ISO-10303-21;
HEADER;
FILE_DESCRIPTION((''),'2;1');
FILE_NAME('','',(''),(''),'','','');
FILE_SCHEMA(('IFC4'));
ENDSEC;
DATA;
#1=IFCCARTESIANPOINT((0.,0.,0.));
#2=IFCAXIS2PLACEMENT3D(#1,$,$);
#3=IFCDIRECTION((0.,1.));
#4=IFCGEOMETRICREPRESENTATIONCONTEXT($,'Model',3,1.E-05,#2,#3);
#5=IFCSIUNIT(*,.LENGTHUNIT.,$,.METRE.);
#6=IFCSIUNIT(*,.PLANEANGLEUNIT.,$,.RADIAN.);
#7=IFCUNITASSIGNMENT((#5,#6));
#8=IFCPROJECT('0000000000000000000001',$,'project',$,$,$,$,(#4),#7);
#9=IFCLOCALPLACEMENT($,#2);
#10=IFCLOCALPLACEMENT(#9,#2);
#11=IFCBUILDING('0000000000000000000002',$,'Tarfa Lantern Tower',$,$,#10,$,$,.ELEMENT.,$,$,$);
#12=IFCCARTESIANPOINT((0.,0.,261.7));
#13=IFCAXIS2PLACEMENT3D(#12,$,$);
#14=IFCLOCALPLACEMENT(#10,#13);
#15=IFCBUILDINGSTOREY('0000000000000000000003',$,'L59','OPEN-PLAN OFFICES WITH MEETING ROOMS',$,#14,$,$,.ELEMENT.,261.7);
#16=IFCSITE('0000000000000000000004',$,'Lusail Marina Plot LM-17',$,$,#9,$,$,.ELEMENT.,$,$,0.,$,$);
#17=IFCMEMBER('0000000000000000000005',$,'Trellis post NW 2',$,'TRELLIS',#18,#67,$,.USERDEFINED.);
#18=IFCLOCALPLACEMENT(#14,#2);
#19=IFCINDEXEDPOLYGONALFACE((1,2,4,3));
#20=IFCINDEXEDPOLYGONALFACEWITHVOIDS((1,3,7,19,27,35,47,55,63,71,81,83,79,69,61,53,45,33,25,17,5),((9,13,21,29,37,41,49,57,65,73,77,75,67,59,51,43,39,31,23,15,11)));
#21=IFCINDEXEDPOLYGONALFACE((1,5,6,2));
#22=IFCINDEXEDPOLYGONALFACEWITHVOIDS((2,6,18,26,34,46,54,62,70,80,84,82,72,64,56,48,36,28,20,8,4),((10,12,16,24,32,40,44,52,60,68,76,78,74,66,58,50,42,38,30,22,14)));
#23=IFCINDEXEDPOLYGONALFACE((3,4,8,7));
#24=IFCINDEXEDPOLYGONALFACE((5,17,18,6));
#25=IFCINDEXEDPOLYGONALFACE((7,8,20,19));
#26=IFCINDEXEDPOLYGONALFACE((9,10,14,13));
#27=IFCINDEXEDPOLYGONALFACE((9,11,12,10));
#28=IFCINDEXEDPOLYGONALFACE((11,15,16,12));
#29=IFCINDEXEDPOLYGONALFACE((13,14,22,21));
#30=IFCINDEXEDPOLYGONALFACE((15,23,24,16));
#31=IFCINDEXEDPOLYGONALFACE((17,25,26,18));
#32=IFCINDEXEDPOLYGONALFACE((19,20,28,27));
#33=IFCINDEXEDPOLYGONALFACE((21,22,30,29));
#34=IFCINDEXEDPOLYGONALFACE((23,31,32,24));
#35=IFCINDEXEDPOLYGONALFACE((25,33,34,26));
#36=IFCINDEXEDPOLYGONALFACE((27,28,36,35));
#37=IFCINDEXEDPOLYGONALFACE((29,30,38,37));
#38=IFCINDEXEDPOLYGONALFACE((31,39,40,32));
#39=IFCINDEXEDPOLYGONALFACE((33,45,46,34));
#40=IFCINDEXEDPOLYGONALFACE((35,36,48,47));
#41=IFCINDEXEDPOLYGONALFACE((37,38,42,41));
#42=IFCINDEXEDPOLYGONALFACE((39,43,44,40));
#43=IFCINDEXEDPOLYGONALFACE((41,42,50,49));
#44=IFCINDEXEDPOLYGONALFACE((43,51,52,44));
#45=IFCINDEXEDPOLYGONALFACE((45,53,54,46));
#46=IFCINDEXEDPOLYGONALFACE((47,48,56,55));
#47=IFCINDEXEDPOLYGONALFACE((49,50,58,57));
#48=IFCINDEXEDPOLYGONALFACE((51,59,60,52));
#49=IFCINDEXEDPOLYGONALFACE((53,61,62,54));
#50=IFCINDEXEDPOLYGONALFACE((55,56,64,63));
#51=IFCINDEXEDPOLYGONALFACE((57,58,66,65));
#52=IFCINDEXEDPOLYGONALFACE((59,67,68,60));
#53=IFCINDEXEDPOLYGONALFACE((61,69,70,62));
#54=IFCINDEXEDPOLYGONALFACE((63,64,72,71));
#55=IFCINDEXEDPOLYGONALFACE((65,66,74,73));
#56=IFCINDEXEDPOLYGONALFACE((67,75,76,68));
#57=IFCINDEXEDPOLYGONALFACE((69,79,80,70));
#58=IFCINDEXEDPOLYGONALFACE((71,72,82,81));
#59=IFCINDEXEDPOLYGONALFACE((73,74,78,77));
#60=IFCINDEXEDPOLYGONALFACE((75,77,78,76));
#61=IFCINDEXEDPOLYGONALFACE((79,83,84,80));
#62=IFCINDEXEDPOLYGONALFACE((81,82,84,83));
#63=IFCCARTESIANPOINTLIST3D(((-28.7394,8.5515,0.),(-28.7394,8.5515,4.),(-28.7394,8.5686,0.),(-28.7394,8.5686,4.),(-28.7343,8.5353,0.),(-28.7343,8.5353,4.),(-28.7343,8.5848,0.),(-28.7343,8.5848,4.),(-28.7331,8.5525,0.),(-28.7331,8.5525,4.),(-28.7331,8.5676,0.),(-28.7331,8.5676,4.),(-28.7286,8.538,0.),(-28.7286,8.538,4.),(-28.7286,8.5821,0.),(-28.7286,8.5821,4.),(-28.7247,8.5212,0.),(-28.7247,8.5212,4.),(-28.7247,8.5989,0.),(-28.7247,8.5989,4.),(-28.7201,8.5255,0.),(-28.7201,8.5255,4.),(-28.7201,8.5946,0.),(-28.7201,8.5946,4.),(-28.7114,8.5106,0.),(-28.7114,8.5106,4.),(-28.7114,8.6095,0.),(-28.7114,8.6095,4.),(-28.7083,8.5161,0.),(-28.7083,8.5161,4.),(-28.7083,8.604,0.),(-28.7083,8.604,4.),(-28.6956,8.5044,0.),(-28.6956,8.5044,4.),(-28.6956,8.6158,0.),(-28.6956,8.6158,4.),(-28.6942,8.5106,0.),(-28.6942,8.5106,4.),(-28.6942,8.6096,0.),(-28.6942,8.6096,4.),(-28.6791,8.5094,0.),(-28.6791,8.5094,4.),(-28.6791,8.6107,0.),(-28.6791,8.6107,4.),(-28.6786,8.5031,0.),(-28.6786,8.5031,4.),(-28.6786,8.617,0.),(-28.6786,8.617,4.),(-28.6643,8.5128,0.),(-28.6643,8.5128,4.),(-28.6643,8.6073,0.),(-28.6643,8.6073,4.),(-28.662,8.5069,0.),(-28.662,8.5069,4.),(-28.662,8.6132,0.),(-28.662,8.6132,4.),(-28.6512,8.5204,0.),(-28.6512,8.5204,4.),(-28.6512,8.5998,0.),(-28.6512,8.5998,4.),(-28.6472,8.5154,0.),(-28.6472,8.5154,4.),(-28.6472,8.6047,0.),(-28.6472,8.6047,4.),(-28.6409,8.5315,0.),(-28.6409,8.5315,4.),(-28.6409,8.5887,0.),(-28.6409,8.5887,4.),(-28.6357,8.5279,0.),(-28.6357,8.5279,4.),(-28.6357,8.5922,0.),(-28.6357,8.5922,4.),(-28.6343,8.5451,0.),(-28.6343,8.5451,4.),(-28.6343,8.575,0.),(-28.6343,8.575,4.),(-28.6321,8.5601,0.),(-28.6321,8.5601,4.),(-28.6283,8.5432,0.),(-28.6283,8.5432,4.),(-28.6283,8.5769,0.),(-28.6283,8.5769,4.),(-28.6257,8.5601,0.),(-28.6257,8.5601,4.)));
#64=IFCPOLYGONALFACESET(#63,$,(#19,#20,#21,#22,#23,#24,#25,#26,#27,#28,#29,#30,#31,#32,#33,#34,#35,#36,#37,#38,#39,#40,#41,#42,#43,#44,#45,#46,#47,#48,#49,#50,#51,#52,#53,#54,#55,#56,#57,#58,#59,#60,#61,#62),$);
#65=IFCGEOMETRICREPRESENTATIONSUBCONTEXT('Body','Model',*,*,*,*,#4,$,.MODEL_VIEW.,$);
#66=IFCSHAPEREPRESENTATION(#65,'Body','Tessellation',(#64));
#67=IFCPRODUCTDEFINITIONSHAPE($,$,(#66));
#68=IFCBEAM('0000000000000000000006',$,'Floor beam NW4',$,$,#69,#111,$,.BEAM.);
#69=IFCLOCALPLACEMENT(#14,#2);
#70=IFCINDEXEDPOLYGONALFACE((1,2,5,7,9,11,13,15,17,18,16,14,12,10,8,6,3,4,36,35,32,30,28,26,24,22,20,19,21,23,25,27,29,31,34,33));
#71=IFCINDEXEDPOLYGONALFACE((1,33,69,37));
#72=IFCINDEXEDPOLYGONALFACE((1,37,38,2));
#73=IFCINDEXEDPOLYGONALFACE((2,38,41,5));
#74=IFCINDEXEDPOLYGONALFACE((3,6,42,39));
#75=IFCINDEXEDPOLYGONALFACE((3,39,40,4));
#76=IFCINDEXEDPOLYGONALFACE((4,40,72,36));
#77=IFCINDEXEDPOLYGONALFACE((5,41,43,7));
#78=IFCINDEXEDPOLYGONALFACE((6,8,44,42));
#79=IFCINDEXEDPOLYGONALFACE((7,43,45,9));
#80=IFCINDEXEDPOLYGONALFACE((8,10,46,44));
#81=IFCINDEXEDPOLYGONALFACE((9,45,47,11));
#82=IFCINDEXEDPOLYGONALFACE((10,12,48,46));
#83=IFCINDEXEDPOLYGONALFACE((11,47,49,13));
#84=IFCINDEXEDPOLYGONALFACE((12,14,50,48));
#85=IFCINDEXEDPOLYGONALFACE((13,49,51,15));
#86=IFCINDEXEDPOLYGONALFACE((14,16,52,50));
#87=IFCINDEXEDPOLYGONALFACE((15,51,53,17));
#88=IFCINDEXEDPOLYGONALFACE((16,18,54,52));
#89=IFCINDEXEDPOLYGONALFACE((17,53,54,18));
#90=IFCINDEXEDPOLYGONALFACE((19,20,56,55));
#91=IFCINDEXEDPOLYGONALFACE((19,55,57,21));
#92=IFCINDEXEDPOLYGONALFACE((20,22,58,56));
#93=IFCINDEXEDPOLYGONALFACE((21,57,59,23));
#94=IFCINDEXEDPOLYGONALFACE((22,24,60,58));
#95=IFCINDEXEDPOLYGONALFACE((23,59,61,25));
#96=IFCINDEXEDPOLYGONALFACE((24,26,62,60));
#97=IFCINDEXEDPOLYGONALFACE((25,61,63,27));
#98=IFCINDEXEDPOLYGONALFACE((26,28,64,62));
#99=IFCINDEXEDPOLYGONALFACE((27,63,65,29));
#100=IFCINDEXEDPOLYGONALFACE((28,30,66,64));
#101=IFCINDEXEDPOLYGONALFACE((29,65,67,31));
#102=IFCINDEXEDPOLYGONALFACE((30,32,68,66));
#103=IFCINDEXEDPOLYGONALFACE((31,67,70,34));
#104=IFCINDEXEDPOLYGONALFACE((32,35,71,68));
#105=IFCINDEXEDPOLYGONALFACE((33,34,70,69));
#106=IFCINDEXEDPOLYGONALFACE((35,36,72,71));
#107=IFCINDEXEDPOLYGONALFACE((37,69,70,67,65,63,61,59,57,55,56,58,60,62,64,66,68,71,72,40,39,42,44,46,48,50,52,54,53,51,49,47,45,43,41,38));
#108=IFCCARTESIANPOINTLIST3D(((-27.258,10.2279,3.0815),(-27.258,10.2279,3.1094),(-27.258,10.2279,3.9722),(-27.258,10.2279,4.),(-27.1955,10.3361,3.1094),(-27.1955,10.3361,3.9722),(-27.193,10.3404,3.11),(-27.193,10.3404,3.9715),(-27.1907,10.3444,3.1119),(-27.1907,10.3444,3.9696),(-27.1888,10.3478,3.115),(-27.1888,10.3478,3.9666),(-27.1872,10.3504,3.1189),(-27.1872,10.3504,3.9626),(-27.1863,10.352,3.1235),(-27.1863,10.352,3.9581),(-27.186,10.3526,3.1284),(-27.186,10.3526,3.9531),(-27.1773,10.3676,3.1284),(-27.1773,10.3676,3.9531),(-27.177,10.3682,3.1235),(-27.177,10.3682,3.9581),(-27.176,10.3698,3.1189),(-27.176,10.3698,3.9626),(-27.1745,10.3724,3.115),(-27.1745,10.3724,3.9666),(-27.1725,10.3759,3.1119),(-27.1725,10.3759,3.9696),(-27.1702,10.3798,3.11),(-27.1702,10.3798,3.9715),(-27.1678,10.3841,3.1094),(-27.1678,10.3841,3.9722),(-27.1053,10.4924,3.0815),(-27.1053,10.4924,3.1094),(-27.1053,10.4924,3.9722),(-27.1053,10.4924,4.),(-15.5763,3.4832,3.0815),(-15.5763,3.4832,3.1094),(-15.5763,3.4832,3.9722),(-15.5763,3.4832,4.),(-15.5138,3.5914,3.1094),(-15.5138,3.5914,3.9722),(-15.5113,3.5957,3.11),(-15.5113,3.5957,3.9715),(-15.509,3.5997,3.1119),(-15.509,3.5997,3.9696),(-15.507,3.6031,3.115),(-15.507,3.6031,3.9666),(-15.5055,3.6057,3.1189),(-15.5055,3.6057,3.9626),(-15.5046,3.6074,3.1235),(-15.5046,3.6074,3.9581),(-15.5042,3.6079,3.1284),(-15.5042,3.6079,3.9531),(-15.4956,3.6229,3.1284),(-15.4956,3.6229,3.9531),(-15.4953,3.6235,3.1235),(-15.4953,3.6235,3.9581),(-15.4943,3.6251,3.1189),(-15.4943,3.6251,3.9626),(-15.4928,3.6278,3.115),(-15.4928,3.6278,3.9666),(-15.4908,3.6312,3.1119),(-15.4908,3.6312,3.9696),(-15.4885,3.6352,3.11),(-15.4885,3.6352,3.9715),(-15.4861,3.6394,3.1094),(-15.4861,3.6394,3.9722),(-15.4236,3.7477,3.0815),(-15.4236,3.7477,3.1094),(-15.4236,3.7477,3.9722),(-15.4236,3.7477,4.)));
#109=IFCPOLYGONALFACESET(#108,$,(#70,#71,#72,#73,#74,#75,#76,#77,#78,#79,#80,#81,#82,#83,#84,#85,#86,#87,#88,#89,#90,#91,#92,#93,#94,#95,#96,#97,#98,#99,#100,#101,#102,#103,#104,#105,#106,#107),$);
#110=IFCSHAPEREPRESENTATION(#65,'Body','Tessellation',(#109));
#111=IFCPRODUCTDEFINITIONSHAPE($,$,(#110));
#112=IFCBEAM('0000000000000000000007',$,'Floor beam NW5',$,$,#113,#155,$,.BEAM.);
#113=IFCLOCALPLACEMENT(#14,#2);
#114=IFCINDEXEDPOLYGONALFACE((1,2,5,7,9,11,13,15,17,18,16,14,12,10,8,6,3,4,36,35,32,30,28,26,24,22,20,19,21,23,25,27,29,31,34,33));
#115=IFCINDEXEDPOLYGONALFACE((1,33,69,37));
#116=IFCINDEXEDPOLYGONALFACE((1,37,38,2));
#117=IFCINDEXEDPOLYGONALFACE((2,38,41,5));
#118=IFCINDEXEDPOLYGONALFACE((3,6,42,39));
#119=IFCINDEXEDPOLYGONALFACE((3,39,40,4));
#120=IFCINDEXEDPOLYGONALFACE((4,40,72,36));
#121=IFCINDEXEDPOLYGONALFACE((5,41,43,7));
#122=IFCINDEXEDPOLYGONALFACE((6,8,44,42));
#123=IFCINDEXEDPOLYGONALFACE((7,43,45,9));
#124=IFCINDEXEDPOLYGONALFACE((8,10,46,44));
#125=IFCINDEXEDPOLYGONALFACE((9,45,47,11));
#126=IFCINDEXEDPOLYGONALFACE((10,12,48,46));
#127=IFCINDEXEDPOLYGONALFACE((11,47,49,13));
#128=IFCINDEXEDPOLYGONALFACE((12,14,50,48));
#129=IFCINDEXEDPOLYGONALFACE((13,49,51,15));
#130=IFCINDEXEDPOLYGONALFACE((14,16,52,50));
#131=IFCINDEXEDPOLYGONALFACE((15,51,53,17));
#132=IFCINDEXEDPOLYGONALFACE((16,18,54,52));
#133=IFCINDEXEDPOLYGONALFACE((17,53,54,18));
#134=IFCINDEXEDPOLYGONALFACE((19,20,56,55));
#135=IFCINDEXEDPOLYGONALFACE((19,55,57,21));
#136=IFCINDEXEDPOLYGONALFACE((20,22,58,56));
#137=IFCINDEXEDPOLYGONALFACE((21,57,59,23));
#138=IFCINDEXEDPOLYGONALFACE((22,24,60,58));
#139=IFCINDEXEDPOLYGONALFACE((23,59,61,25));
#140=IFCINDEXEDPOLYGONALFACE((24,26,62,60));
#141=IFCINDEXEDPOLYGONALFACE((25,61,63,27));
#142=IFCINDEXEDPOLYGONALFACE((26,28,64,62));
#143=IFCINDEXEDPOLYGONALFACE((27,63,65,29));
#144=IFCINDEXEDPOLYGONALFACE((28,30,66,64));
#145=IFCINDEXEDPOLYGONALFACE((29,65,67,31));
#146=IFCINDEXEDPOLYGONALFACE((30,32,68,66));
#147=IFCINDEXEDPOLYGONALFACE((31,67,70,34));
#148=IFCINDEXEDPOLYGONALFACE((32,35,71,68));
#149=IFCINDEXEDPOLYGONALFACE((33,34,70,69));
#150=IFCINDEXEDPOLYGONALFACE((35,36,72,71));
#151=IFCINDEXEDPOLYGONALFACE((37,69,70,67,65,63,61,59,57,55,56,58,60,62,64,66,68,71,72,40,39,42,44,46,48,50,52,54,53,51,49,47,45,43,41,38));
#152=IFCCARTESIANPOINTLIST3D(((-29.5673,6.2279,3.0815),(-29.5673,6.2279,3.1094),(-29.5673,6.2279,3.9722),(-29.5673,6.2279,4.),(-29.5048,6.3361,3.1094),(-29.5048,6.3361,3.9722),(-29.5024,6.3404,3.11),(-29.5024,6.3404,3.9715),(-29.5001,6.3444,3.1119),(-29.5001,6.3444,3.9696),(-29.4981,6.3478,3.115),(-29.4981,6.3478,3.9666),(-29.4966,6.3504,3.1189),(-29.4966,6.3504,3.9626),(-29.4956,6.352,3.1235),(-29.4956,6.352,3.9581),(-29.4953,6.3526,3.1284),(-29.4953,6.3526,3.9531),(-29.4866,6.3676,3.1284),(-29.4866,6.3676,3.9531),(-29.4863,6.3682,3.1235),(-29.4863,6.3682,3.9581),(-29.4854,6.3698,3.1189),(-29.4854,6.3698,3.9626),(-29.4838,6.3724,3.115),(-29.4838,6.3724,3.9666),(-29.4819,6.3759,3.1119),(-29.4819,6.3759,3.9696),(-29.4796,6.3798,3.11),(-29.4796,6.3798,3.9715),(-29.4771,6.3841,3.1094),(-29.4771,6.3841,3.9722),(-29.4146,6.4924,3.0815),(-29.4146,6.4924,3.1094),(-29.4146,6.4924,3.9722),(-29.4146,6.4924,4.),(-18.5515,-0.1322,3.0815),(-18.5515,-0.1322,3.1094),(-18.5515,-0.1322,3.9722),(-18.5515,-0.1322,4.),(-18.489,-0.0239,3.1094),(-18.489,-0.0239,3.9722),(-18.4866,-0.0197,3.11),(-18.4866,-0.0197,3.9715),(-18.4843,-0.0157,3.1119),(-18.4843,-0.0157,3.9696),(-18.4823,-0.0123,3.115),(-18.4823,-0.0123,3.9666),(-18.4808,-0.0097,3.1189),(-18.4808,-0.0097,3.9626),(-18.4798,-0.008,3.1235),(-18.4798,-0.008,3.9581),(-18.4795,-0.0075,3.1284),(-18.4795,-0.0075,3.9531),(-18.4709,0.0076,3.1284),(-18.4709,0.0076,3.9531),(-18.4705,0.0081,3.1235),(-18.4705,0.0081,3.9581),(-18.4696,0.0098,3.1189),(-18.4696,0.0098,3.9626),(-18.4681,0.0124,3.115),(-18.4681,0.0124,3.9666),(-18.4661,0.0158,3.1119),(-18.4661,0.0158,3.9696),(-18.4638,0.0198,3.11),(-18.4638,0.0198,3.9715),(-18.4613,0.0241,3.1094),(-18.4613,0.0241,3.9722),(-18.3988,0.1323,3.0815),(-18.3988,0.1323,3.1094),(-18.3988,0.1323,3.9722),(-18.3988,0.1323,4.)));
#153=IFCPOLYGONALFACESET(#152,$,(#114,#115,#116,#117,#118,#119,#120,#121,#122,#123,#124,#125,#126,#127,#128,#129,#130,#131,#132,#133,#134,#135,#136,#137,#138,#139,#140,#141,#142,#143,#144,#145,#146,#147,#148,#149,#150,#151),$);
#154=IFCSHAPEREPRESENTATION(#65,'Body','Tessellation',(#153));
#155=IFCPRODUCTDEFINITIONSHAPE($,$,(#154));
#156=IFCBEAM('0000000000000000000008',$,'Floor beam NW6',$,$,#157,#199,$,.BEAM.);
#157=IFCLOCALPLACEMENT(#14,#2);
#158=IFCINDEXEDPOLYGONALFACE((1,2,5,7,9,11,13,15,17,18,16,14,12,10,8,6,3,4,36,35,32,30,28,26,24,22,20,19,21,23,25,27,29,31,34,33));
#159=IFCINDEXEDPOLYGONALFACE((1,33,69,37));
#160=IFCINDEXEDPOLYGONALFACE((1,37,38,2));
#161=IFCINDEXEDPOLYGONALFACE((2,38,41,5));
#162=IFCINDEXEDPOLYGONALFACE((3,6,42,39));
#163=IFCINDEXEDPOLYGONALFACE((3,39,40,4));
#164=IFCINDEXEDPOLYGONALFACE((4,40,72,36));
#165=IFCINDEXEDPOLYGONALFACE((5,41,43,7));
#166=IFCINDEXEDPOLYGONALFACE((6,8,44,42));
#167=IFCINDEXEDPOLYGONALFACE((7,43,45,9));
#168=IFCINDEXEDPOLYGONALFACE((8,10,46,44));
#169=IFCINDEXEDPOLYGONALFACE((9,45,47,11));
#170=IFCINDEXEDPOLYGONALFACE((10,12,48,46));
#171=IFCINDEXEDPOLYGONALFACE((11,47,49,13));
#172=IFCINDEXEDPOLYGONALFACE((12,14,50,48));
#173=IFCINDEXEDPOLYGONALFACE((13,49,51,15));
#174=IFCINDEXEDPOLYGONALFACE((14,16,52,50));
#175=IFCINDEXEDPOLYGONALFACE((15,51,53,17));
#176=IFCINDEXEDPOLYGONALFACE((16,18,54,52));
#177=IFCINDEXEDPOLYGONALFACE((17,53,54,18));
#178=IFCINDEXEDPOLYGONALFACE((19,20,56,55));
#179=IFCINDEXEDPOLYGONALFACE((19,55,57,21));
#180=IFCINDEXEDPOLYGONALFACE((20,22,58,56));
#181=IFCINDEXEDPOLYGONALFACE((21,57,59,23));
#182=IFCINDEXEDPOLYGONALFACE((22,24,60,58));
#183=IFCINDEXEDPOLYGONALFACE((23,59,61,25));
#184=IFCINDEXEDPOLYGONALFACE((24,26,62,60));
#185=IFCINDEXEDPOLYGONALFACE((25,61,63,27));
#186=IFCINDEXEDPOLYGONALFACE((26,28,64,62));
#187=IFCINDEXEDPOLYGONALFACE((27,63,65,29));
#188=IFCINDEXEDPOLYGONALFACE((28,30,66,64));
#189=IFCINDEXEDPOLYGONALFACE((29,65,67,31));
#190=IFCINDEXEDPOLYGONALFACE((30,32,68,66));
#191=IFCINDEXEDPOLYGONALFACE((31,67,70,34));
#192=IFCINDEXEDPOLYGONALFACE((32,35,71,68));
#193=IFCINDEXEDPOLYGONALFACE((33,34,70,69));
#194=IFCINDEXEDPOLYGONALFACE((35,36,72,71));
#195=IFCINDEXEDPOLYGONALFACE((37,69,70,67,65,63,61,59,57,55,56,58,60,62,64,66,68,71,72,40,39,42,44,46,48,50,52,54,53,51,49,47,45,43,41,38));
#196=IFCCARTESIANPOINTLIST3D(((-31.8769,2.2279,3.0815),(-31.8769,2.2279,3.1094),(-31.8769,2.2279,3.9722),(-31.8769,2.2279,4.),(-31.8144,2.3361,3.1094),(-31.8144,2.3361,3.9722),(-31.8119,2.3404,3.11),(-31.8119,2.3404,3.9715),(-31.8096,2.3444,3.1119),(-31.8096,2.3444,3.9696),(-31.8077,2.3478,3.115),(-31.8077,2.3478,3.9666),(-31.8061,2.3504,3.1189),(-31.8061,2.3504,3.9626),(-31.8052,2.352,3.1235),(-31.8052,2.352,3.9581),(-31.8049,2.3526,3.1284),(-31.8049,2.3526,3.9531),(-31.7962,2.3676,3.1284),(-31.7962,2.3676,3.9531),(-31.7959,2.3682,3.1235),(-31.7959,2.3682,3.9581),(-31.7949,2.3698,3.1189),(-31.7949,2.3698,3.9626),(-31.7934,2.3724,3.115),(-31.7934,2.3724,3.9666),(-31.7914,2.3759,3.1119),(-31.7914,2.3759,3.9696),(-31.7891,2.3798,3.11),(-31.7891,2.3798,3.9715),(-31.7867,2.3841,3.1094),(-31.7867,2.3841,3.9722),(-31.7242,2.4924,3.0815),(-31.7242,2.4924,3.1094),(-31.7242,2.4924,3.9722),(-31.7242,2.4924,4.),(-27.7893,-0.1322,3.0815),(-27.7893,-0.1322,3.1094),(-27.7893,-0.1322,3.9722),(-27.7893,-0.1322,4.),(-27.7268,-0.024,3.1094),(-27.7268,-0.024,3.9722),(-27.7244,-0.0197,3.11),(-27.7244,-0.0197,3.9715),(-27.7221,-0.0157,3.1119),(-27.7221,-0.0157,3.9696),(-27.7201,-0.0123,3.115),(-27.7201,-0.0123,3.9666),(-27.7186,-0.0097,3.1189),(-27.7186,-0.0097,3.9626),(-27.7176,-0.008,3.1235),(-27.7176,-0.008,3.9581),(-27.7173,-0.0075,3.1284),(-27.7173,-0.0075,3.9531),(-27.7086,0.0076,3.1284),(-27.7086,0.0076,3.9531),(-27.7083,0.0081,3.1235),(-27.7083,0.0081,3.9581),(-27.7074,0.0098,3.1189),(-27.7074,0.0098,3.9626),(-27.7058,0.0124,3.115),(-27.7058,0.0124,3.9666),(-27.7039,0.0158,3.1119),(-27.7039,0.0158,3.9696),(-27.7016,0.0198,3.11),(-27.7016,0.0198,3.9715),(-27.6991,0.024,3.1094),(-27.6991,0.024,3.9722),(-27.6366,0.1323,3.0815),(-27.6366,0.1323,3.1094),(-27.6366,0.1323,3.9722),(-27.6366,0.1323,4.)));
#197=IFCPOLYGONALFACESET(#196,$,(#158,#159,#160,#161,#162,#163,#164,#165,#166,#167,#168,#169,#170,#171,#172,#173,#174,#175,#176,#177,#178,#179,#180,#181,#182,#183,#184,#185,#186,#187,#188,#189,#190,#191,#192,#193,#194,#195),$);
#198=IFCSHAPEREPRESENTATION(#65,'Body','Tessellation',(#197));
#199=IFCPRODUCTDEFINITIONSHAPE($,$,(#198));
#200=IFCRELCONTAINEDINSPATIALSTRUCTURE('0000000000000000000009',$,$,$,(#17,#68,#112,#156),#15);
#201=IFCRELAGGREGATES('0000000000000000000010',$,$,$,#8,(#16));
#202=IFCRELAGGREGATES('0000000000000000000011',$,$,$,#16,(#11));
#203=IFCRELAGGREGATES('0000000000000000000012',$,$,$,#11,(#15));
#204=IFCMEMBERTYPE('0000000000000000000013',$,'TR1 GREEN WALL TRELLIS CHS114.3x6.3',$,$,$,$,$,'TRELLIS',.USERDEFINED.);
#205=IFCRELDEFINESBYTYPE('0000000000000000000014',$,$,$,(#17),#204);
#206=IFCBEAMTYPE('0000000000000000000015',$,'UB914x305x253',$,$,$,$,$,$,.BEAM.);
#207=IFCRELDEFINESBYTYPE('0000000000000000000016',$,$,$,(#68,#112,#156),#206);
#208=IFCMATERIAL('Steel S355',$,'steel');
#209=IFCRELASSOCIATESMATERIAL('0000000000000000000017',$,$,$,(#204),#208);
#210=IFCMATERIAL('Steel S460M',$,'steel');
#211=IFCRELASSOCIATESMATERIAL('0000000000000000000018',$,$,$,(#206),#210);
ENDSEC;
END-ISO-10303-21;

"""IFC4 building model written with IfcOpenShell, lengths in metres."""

from ifc_helpers import new_model, si_unit, direction, frame, origin, origin_2d, place, context, subcontext, project, spatial, hollow_circle, i_section, extrude, material, material_profile, profile_set, type_object, element, save


model = new_model("IFC4")

# Units and contexts
model_context = context("Model", 3, precision=1e-05, world=origin(), true_north=direction((0.0, 1.0)))
body_context = subcontext(model_context, "Body", "Model", "MODEL_VIEW")
ifc_project = project(units=[si_unit("LENGTHUNIT", "METRE"), si_unit("PLANEANGLEUNIT", "RADIAN")], contexts=[model_context])

# Site, building, storey
site_placement = place(None, origin())
site = spatial("IfcSite", under=ifc_project, at=site_placement, Name="Lusail Marina Plot LM-17", CompositionType="ELEMENT", RefElevation=0.0)
building_placement = place(site_placement, origin())
building = spatial("IfcBuilding", under=site, at=building_placement, Name="Tarfa Lantern Tower", CompositionType="ELEMENT")
storey_placement = place(building_placement, frame((0.0, 0.0, 261.7)))
storey = spatial("IfcBuildingStorey", under=building, at=storey_placement, Name="L59", Description="OPEN-PLAN OFFICES WITH MEETING ROOMS", CompositionType="ELEMENT", Elevation=261.7)

# Member
ifc_material_1 = material(Name="Steel S355", Category="steel")
ifc_material_profile_1 = material_profile(ifc_material_1, hollow_circle(Radius=0.0571, WallThickness=0.0063, at=origin_2d()), Name="CHS114.3x6.3")
ifc_profile_set_1 = profile_set([ifc_material_profile_1], Name="Steel S355")
member_type_1 = type_object("IfcMemberType", Name="TR1 GREEN WALL TRELLIS CHS114.3x6.3", ElementType="TRELLIS", PredefinedType="USERDEFINED", material=ifc_profile_set_1)
member_1_placement = place(storey_placement, frame((-28.6829, 8.5601, 0.0), z_axis=(0.0, 0.0, 1.0), x_axis=(1.0, 0.0, 0.0)))
element("IfcMember", 1, at=member_1_placement, inside=storey, type_object=member_type_1, Name="Trellis post NW 2", ObjectType="TRELLIS", PredefinedType="USERDEFINED", context=body_context, shape_type="SweptSolid", body=[
    extrude(hollow_circle(Radius=0.0571, WallThickness=0.0063, at=origin_2d()), origin(), (0.0, 0.0, 1.0), 4.0),
])

# Beams
ifc_material_2 = material(Name="Steel S460M", Category="steel")
ifc_material_profile_2 = material_profile(ifc_material_2, i_section(OverallWidth=0.3054, OverallDepth=0.9185, WebThickness=0.0173, FlangeThickness=0.0278, FilletRadius=0.019, at=origin_2d()), Name="UB914x305x253")
ifc_profile_set_2 = profile_set([ifc_material_profile_2], Name="Steel S460M")
beam_type_1 = type_object("IfcBeamType", Name="UB914x305x253", PredefinedType="BEAM", material=ifc_profile_set_2)
beam_1_placement = place(storey_placement, frame((-27.1816, 10.3601, 3.5408), z_axis=(0.866018, -0.500013, 0.0), x_axis=(0.500013, 0.866018, 0.0)))
element("IfcBeam", 2, at=beam_1_placement, inside=storey, type_object=beam_type_1, Name="Floor beam NW4", PredefinedType="BEAM", context=body_context, shape_type="SweptSolid", body=[
    extrude(i_section(OverallWidth=0.3054, OverallDepth=0.9185, WebThickness=0.0173, FlangeThickness=0.0278, FilletRadius=0.019, at=origin_2d()), origin(), (0.0, 0.0, 1.0), 13.489),
])
beam_2_placement = place(storey_placement, frame((-29.491, 6.3601, 3.5408), z_axis=(0.866022, -0.500005, 0.0), x_axis=(0.500005, 0.866022, 0.0)))
element("IfcBeam", 3, at=beam_2_placement, inside=storey, type_object=beam_type_1, Name="Floor beam NW5", PredefinedType="BEAM", context=body_context, shape_type="SweptSolid", body=[
    extrude(i_section(OverallWidth=0.3054, OverallDepth=0.9185, WebThickness=0.0173, FlangeThickness=0.0278, FilletRadius=0.019, at=origin_2d()), origin(), (0.0, 0.0, 1.0), 12.72),
])
beam_3_placement = place(storey_placement, frame((-31.8005, 2.3601, 3.5408), z_axis=(0.866016, -0.500016, 0.0), x_axis=(0.500016, 0.866016, 0.0)))
element("IfcBeam", 4, at=beam_3_placement, inside=storey, type_object=beam_type_1, Name="Floor beam NW6", PredefinedType="BEAM", context=body_context, shape_type="SweptSolid", body=[
    extrude(i_section(OverallWidth=0.3054, OverallDepth=0.9185, WebThickness=0.0173, FlangeThickness=0.0278, FilletRadius=0.019, at=origin_2d()), origin(), (0.0, 0.0, 1.0), 4.72),
])

save(model, "model.ifc")
